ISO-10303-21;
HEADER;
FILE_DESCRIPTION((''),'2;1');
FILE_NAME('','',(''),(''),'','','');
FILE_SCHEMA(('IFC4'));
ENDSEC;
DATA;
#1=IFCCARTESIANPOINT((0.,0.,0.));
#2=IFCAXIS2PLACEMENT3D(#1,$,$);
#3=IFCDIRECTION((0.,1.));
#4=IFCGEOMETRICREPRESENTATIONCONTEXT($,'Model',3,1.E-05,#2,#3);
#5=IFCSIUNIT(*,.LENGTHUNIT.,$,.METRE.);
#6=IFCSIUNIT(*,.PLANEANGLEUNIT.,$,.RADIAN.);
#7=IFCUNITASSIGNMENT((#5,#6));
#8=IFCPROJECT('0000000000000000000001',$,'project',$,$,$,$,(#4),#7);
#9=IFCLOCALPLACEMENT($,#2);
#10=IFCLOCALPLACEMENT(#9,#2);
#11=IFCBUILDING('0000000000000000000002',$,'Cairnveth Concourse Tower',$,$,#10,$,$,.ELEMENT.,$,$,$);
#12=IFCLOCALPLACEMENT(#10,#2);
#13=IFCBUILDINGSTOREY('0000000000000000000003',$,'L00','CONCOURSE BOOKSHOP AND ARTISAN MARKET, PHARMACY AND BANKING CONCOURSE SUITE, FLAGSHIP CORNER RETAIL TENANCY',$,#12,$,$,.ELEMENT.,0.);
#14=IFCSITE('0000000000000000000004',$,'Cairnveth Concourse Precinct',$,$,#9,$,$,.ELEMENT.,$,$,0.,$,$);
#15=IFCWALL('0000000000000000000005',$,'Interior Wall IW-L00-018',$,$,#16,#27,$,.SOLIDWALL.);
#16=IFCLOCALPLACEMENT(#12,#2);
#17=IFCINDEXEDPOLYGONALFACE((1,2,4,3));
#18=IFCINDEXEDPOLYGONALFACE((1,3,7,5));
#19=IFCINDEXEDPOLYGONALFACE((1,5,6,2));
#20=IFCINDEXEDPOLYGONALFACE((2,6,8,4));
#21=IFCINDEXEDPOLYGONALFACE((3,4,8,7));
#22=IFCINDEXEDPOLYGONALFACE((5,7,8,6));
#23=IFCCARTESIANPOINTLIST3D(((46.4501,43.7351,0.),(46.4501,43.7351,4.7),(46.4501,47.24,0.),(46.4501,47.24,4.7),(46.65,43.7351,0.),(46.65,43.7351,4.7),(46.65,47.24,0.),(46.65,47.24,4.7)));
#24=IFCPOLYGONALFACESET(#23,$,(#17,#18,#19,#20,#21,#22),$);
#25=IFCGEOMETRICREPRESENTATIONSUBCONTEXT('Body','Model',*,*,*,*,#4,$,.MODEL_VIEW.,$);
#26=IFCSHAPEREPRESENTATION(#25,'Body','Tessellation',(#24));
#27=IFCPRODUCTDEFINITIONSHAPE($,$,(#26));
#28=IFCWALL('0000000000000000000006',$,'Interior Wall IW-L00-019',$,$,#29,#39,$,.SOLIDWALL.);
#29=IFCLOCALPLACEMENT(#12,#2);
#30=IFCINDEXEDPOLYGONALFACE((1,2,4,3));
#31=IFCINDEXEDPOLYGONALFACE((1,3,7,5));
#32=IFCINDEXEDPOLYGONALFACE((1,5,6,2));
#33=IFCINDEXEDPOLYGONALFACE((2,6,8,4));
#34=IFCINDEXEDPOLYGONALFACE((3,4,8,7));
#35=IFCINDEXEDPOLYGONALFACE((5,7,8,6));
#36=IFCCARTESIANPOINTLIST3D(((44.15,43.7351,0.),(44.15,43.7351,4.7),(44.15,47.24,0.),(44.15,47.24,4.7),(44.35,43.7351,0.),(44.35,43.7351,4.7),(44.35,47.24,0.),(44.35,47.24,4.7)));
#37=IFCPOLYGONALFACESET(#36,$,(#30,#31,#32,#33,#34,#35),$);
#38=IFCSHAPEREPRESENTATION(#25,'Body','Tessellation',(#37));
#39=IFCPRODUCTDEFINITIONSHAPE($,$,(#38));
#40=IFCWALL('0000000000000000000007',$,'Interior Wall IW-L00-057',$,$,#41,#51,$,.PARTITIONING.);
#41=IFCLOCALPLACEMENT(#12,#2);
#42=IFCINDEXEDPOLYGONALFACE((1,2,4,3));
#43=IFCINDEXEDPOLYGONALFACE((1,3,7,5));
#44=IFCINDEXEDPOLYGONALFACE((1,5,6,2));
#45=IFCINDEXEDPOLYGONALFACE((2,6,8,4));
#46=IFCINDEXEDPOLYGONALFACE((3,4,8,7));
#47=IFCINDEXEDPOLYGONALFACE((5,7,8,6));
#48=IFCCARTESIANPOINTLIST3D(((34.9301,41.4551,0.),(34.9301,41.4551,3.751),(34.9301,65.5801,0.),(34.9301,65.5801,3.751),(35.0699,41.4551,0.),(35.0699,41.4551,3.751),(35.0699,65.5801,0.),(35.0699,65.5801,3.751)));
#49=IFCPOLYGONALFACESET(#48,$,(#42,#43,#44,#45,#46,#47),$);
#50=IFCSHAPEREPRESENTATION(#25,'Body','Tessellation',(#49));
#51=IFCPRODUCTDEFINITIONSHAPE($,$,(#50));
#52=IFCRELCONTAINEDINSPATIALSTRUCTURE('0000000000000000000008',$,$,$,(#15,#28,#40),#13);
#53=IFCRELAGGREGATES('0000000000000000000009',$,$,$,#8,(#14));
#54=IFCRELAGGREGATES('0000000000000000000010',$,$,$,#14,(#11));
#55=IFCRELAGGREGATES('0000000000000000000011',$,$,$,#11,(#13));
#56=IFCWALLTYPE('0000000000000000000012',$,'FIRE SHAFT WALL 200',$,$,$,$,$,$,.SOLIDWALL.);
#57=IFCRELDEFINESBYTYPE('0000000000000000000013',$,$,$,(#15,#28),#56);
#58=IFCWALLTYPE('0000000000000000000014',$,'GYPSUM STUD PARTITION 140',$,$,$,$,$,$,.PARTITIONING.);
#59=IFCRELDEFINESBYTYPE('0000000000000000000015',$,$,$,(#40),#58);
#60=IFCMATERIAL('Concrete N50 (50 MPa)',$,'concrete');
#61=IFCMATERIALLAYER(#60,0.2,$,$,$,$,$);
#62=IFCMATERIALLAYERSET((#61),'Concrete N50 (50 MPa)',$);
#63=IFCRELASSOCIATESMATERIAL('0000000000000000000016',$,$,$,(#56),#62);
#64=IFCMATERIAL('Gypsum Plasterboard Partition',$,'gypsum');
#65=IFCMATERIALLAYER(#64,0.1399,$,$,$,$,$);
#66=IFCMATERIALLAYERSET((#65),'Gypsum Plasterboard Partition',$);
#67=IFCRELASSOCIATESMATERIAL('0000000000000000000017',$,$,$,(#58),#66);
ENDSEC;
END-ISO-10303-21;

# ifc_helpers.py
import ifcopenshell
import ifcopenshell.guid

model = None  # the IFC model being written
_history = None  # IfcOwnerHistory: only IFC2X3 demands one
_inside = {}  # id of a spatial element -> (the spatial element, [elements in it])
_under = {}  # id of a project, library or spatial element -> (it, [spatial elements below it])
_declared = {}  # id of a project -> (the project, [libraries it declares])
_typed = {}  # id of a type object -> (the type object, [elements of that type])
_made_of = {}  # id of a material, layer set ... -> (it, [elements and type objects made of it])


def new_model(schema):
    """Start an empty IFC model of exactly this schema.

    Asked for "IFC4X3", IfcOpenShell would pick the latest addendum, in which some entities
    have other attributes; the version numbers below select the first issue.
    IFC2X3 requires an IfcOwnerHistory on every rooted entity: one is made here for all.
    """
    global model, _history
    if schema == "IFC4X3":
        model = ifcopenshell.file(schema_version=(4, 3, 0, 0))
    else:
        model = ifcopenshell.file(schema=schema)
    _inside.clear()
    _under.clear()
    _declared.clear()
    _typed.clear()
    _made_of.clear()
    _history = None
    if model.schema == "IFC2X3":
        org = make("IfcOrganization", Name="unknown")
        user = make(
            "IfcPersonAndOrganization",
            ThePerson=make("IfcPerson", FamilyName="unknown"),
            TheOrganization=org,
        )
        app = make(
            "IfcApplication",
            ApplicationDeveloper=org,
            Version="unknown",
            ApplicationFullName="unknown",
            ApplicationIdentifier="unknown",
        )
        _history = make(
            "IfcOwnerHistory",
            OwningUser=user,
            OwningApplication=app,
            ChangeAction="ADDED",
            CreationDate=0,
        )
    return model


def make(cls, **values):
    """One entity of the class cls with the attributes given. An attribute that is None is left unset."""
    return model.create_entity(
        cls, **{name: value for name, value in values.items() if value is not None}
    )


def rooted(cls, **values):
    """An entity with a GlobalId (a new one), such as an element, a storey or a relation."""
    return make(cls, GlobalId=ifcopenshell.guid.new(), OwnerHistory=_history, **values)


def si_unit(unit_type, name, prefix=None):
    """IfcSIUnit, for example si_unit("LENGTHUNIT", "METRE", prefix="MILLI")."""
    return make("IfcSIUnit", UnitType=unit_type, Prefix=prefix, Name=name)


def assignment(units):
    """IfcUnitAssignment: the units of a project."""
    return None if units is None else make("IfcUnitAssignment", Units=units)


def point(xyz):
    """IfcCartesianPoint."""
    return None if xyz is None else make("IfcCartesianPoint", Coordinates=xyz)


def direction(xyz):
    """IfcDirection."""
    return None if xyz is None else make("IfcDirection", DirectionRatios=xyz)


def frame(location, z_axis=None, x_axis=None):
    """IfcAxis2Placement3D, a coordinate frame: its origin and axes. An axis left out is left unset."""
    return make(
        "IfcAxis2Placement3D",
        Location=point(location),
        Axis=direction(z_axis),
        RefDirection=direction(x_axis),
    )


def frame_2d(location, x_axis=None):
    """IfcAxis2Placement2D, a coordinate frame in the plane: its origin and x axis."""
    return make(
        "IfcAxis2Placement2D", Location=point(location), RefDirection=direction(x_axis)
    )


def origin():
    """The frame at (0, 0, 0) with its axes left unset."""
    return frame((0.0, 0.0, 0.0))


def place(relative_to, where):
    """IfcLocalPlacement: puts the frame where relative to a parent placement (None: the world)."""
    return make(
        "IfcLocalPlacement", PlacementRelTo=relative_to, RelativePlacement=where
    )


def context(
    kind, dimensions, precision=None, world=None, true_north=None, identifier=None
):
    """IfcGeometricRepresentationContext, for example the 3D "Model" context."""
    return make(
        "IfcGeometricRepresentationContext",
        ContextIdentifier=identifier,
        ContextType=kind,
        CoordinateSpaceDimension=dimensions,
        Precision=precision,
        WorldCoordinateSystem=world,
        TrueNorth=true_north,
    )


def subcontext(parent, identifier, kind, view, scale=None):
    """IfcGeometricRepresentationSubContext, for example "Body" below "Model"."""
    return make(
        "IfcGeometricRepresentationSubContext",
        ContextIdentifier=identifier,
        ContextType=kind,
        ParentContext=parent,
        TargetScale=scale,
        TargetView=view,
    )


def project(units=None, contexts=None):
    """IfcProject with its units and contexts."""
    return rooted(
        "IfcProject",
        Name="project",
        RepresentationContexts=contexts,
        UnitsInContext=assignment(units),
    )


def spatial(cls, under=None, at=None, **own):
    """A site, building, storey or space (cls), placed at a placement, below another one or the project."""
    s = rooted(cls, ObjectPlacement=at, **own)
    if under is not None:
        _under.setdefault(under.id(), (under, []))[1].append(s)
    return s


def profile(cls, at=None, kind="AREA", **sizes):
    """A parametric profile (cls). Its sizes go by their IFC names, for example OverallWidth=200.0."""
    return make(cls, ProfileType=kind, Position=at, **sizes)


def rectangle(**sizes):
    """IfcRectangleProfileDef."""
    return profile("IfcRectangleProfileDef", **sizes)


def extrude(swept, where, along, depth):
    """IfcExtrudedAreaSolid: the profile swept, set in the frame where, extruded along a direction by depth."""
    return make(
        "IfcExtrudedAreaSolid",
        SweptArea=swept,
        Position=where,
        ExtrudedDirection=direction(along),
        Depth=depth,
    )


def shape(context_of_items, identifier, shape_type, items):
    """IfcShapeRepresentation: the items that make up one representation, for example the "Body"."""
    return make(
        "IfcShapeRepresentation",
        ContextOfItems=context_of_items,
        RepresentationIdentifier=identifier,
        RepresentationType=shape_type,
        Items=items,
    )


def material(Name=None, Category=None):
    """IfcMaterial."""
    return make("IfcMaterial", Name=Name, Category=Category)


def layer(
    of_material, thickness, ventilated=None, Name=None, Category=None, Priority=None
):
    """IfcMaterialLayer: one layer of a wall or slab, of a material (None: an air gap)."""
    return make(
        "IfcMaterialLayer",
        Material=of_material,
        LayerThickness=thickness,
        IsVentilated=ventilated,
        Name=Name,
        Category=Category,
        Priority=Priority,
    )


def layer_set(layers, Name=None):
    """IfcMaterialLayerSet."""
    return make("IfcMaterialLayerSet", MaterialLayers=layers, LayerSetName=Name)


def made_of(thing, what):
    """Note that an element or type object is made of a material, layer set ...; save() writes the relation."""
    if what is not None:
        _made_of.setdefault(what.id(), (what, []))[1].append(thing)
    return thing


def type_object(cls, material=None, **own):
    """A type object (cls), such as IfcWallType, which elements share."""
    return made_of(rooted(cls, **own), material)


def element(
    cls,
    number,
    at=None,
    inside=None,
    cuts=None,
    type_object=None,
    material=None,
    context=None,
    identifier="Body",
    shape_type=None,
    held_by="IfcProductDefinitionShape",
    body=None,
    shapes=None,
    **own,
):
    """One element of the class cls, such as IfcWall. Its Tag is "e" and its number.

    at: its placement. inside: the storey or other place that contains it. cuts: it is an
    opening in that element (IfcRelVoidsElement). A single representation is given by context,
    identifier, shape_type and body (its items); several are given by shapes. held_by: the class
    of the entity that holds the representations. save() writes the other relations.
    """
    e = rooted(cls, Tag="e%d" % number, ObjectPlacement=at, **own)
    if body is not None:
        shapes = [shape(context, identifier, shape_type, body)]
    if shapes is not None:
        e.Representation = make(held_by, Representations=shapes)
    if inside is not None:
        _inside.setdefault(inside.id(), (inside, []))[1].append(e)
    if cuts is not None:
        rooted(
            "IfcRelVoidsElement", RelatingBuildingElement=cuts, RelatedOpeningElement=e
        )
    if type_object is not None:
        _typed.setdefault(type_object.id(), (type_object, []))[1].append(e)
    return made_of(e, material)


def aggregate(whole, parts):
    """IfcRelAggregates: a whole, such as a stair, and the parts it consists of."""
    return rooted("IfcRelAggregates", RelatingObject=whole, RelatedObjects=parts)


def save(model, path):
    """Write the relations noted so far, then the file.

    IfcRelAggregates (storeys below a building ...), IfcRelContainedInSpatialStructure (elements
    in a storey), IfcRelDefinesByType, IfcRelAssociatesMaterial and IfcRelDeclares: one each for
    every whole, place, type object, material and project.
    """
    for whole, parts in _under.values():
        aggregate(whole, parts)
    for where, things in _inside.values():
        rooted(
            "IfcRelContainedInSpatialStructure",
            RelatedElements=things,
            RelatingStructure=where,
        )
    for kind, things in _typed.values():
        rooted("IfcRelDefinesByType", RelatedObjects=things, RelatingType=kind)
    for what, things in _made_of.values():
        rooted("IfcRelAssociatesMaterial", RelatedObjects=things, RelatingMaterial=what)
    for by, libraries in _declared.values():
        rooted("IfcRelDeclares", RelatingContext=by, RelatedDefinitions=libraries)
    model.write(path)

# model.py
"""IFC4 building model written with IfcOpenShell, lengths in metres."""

from ifc_helpers import new_model, si_unit, direction, frame, frame_2d, origin, place, context, subcontext, project, spatial, rectangle, extrude, material, layer, layer_set, type_object, element, save


model = new_model("IFC4")

# Units and contexts
model_context = context("Model", 3, precision=1e-05, world=origin(), true_north=direction((0.0, 1.0)))
body_context = subcontext(model_context, "Body", "Model", "MODEL_VIEW")
ifc_project = project(units=[si_unit("LENGTHUNIT", "METRE"), si_unit("PLANEANGLEUNIT", "RADIAN")], contexts=[model_context])

# Site, building, storey
site_placement = place(None, origin())
site = spatial("IfcSite", under=ifc_project, at=site_placement, Name="Cairnveth Concourse Precinct", CompositionType="ELEMENT", RefElevation=0.0)
building_placement = place(site_placement, origin())
building = spatial("IfcBuilding", under=site, at=building_placement, Name="Cairnveth Concourse Tower", CompositionType="ELEMENT")
storey_placement = place(building_placement, origin())
storey = spatial("IfcBuildingStorey", under=building, at=storey_placement, Name="L00", Description="CONCOURSE BOOKSHOP AND ARTISAN MARKET, PHARMACY AND BANKING CONCOURSE SUITE, FLAGSHIP CORNER RETAIL TENANCY", CompositionType="ELEMENT", Elevation=0.0)

# Shared definitions
ifc_material_1 = material(Name="Concrete N50 (50 MPa)", Category="concrete")

# Shared definitions
ifc_layer_1 = layer(ifc_material_1, 0.2)
ifc_layer_set_1 = layer_set([ifc_layer_1], Name="Concrete N50 (50 MPa)")
wall_type_1 = type_object("IfcWallType", Name="FIRE SHAFT WALL 200", PredefinedType="SOLIDWALL", material=ifc_layer_set_1)

# Walls
for number, where, z_axis, x_axis, name in (
    (1, (46.55, 43.7351, 0.0), (0.0, 0.0, 1.0), (0.0, 1.0, 0.0), "Interior Wall IW-L00-018"),
    (2, (44.25, 43.7351, 0.0), (0.0, 0.0, 1.0), (0.0, 1.0, 0.0), "Interior Wall IW-L00-019"),
):
    element("IfcWall", number, at=place(storey_placement, frame(where, z_axis=z_axis, x_axis=x_axis)), inside=storey, type_object=wall_type_1, Name=name, PredefinedType="SOLIDWALL", context=body_context, shape_type="SweptSolid", body=[
        extrude(rectangle(XDim=3.5049, YDim=0.2, at=frame_2d((1.7524, 0.0))), origin(), (0.0, 0.0, 1.0), 4.7),
    ])
ifc_material_2 = material(Name="Gypsum Plasterboard Partition", Category="gypsum")
ifc_layer_2 = layer(ifc_material_2, 0.1399)
ifc_layer_set_2 = layer_set([ifc_layer_2], Name="Gypsum Plasterboard Partition")
wall_type_2 = type_object("IfcWallType", Name="GYPSUM STUD PARTITION 140", PredefinedType="PARTITIONING", material=ifc_layer_set_2)
wall_1_placement = place(storey_placement, frame((35.0, 41.4551, 0.0), z_axis=(0.0, 0.0, 1.0), x_axis=(0.0, 1.0, 0.0)))
element("IfcWall", 3, at=wall_1_placement, inside=storey, type_object=wall_type_2, Name="Interior Wall IW-L00-057", PredefinedType="PARTITIONING", context=body_context, shape_type="SweptSolid", body=[
    extrude(rectangle(XDim=24.125, YDim=0.1399, at=frame_2d((12.0625, 0.0))), origin(), (0.0, 0.0, 1.0), 3.751),
])

save(model, "model.ifc")
